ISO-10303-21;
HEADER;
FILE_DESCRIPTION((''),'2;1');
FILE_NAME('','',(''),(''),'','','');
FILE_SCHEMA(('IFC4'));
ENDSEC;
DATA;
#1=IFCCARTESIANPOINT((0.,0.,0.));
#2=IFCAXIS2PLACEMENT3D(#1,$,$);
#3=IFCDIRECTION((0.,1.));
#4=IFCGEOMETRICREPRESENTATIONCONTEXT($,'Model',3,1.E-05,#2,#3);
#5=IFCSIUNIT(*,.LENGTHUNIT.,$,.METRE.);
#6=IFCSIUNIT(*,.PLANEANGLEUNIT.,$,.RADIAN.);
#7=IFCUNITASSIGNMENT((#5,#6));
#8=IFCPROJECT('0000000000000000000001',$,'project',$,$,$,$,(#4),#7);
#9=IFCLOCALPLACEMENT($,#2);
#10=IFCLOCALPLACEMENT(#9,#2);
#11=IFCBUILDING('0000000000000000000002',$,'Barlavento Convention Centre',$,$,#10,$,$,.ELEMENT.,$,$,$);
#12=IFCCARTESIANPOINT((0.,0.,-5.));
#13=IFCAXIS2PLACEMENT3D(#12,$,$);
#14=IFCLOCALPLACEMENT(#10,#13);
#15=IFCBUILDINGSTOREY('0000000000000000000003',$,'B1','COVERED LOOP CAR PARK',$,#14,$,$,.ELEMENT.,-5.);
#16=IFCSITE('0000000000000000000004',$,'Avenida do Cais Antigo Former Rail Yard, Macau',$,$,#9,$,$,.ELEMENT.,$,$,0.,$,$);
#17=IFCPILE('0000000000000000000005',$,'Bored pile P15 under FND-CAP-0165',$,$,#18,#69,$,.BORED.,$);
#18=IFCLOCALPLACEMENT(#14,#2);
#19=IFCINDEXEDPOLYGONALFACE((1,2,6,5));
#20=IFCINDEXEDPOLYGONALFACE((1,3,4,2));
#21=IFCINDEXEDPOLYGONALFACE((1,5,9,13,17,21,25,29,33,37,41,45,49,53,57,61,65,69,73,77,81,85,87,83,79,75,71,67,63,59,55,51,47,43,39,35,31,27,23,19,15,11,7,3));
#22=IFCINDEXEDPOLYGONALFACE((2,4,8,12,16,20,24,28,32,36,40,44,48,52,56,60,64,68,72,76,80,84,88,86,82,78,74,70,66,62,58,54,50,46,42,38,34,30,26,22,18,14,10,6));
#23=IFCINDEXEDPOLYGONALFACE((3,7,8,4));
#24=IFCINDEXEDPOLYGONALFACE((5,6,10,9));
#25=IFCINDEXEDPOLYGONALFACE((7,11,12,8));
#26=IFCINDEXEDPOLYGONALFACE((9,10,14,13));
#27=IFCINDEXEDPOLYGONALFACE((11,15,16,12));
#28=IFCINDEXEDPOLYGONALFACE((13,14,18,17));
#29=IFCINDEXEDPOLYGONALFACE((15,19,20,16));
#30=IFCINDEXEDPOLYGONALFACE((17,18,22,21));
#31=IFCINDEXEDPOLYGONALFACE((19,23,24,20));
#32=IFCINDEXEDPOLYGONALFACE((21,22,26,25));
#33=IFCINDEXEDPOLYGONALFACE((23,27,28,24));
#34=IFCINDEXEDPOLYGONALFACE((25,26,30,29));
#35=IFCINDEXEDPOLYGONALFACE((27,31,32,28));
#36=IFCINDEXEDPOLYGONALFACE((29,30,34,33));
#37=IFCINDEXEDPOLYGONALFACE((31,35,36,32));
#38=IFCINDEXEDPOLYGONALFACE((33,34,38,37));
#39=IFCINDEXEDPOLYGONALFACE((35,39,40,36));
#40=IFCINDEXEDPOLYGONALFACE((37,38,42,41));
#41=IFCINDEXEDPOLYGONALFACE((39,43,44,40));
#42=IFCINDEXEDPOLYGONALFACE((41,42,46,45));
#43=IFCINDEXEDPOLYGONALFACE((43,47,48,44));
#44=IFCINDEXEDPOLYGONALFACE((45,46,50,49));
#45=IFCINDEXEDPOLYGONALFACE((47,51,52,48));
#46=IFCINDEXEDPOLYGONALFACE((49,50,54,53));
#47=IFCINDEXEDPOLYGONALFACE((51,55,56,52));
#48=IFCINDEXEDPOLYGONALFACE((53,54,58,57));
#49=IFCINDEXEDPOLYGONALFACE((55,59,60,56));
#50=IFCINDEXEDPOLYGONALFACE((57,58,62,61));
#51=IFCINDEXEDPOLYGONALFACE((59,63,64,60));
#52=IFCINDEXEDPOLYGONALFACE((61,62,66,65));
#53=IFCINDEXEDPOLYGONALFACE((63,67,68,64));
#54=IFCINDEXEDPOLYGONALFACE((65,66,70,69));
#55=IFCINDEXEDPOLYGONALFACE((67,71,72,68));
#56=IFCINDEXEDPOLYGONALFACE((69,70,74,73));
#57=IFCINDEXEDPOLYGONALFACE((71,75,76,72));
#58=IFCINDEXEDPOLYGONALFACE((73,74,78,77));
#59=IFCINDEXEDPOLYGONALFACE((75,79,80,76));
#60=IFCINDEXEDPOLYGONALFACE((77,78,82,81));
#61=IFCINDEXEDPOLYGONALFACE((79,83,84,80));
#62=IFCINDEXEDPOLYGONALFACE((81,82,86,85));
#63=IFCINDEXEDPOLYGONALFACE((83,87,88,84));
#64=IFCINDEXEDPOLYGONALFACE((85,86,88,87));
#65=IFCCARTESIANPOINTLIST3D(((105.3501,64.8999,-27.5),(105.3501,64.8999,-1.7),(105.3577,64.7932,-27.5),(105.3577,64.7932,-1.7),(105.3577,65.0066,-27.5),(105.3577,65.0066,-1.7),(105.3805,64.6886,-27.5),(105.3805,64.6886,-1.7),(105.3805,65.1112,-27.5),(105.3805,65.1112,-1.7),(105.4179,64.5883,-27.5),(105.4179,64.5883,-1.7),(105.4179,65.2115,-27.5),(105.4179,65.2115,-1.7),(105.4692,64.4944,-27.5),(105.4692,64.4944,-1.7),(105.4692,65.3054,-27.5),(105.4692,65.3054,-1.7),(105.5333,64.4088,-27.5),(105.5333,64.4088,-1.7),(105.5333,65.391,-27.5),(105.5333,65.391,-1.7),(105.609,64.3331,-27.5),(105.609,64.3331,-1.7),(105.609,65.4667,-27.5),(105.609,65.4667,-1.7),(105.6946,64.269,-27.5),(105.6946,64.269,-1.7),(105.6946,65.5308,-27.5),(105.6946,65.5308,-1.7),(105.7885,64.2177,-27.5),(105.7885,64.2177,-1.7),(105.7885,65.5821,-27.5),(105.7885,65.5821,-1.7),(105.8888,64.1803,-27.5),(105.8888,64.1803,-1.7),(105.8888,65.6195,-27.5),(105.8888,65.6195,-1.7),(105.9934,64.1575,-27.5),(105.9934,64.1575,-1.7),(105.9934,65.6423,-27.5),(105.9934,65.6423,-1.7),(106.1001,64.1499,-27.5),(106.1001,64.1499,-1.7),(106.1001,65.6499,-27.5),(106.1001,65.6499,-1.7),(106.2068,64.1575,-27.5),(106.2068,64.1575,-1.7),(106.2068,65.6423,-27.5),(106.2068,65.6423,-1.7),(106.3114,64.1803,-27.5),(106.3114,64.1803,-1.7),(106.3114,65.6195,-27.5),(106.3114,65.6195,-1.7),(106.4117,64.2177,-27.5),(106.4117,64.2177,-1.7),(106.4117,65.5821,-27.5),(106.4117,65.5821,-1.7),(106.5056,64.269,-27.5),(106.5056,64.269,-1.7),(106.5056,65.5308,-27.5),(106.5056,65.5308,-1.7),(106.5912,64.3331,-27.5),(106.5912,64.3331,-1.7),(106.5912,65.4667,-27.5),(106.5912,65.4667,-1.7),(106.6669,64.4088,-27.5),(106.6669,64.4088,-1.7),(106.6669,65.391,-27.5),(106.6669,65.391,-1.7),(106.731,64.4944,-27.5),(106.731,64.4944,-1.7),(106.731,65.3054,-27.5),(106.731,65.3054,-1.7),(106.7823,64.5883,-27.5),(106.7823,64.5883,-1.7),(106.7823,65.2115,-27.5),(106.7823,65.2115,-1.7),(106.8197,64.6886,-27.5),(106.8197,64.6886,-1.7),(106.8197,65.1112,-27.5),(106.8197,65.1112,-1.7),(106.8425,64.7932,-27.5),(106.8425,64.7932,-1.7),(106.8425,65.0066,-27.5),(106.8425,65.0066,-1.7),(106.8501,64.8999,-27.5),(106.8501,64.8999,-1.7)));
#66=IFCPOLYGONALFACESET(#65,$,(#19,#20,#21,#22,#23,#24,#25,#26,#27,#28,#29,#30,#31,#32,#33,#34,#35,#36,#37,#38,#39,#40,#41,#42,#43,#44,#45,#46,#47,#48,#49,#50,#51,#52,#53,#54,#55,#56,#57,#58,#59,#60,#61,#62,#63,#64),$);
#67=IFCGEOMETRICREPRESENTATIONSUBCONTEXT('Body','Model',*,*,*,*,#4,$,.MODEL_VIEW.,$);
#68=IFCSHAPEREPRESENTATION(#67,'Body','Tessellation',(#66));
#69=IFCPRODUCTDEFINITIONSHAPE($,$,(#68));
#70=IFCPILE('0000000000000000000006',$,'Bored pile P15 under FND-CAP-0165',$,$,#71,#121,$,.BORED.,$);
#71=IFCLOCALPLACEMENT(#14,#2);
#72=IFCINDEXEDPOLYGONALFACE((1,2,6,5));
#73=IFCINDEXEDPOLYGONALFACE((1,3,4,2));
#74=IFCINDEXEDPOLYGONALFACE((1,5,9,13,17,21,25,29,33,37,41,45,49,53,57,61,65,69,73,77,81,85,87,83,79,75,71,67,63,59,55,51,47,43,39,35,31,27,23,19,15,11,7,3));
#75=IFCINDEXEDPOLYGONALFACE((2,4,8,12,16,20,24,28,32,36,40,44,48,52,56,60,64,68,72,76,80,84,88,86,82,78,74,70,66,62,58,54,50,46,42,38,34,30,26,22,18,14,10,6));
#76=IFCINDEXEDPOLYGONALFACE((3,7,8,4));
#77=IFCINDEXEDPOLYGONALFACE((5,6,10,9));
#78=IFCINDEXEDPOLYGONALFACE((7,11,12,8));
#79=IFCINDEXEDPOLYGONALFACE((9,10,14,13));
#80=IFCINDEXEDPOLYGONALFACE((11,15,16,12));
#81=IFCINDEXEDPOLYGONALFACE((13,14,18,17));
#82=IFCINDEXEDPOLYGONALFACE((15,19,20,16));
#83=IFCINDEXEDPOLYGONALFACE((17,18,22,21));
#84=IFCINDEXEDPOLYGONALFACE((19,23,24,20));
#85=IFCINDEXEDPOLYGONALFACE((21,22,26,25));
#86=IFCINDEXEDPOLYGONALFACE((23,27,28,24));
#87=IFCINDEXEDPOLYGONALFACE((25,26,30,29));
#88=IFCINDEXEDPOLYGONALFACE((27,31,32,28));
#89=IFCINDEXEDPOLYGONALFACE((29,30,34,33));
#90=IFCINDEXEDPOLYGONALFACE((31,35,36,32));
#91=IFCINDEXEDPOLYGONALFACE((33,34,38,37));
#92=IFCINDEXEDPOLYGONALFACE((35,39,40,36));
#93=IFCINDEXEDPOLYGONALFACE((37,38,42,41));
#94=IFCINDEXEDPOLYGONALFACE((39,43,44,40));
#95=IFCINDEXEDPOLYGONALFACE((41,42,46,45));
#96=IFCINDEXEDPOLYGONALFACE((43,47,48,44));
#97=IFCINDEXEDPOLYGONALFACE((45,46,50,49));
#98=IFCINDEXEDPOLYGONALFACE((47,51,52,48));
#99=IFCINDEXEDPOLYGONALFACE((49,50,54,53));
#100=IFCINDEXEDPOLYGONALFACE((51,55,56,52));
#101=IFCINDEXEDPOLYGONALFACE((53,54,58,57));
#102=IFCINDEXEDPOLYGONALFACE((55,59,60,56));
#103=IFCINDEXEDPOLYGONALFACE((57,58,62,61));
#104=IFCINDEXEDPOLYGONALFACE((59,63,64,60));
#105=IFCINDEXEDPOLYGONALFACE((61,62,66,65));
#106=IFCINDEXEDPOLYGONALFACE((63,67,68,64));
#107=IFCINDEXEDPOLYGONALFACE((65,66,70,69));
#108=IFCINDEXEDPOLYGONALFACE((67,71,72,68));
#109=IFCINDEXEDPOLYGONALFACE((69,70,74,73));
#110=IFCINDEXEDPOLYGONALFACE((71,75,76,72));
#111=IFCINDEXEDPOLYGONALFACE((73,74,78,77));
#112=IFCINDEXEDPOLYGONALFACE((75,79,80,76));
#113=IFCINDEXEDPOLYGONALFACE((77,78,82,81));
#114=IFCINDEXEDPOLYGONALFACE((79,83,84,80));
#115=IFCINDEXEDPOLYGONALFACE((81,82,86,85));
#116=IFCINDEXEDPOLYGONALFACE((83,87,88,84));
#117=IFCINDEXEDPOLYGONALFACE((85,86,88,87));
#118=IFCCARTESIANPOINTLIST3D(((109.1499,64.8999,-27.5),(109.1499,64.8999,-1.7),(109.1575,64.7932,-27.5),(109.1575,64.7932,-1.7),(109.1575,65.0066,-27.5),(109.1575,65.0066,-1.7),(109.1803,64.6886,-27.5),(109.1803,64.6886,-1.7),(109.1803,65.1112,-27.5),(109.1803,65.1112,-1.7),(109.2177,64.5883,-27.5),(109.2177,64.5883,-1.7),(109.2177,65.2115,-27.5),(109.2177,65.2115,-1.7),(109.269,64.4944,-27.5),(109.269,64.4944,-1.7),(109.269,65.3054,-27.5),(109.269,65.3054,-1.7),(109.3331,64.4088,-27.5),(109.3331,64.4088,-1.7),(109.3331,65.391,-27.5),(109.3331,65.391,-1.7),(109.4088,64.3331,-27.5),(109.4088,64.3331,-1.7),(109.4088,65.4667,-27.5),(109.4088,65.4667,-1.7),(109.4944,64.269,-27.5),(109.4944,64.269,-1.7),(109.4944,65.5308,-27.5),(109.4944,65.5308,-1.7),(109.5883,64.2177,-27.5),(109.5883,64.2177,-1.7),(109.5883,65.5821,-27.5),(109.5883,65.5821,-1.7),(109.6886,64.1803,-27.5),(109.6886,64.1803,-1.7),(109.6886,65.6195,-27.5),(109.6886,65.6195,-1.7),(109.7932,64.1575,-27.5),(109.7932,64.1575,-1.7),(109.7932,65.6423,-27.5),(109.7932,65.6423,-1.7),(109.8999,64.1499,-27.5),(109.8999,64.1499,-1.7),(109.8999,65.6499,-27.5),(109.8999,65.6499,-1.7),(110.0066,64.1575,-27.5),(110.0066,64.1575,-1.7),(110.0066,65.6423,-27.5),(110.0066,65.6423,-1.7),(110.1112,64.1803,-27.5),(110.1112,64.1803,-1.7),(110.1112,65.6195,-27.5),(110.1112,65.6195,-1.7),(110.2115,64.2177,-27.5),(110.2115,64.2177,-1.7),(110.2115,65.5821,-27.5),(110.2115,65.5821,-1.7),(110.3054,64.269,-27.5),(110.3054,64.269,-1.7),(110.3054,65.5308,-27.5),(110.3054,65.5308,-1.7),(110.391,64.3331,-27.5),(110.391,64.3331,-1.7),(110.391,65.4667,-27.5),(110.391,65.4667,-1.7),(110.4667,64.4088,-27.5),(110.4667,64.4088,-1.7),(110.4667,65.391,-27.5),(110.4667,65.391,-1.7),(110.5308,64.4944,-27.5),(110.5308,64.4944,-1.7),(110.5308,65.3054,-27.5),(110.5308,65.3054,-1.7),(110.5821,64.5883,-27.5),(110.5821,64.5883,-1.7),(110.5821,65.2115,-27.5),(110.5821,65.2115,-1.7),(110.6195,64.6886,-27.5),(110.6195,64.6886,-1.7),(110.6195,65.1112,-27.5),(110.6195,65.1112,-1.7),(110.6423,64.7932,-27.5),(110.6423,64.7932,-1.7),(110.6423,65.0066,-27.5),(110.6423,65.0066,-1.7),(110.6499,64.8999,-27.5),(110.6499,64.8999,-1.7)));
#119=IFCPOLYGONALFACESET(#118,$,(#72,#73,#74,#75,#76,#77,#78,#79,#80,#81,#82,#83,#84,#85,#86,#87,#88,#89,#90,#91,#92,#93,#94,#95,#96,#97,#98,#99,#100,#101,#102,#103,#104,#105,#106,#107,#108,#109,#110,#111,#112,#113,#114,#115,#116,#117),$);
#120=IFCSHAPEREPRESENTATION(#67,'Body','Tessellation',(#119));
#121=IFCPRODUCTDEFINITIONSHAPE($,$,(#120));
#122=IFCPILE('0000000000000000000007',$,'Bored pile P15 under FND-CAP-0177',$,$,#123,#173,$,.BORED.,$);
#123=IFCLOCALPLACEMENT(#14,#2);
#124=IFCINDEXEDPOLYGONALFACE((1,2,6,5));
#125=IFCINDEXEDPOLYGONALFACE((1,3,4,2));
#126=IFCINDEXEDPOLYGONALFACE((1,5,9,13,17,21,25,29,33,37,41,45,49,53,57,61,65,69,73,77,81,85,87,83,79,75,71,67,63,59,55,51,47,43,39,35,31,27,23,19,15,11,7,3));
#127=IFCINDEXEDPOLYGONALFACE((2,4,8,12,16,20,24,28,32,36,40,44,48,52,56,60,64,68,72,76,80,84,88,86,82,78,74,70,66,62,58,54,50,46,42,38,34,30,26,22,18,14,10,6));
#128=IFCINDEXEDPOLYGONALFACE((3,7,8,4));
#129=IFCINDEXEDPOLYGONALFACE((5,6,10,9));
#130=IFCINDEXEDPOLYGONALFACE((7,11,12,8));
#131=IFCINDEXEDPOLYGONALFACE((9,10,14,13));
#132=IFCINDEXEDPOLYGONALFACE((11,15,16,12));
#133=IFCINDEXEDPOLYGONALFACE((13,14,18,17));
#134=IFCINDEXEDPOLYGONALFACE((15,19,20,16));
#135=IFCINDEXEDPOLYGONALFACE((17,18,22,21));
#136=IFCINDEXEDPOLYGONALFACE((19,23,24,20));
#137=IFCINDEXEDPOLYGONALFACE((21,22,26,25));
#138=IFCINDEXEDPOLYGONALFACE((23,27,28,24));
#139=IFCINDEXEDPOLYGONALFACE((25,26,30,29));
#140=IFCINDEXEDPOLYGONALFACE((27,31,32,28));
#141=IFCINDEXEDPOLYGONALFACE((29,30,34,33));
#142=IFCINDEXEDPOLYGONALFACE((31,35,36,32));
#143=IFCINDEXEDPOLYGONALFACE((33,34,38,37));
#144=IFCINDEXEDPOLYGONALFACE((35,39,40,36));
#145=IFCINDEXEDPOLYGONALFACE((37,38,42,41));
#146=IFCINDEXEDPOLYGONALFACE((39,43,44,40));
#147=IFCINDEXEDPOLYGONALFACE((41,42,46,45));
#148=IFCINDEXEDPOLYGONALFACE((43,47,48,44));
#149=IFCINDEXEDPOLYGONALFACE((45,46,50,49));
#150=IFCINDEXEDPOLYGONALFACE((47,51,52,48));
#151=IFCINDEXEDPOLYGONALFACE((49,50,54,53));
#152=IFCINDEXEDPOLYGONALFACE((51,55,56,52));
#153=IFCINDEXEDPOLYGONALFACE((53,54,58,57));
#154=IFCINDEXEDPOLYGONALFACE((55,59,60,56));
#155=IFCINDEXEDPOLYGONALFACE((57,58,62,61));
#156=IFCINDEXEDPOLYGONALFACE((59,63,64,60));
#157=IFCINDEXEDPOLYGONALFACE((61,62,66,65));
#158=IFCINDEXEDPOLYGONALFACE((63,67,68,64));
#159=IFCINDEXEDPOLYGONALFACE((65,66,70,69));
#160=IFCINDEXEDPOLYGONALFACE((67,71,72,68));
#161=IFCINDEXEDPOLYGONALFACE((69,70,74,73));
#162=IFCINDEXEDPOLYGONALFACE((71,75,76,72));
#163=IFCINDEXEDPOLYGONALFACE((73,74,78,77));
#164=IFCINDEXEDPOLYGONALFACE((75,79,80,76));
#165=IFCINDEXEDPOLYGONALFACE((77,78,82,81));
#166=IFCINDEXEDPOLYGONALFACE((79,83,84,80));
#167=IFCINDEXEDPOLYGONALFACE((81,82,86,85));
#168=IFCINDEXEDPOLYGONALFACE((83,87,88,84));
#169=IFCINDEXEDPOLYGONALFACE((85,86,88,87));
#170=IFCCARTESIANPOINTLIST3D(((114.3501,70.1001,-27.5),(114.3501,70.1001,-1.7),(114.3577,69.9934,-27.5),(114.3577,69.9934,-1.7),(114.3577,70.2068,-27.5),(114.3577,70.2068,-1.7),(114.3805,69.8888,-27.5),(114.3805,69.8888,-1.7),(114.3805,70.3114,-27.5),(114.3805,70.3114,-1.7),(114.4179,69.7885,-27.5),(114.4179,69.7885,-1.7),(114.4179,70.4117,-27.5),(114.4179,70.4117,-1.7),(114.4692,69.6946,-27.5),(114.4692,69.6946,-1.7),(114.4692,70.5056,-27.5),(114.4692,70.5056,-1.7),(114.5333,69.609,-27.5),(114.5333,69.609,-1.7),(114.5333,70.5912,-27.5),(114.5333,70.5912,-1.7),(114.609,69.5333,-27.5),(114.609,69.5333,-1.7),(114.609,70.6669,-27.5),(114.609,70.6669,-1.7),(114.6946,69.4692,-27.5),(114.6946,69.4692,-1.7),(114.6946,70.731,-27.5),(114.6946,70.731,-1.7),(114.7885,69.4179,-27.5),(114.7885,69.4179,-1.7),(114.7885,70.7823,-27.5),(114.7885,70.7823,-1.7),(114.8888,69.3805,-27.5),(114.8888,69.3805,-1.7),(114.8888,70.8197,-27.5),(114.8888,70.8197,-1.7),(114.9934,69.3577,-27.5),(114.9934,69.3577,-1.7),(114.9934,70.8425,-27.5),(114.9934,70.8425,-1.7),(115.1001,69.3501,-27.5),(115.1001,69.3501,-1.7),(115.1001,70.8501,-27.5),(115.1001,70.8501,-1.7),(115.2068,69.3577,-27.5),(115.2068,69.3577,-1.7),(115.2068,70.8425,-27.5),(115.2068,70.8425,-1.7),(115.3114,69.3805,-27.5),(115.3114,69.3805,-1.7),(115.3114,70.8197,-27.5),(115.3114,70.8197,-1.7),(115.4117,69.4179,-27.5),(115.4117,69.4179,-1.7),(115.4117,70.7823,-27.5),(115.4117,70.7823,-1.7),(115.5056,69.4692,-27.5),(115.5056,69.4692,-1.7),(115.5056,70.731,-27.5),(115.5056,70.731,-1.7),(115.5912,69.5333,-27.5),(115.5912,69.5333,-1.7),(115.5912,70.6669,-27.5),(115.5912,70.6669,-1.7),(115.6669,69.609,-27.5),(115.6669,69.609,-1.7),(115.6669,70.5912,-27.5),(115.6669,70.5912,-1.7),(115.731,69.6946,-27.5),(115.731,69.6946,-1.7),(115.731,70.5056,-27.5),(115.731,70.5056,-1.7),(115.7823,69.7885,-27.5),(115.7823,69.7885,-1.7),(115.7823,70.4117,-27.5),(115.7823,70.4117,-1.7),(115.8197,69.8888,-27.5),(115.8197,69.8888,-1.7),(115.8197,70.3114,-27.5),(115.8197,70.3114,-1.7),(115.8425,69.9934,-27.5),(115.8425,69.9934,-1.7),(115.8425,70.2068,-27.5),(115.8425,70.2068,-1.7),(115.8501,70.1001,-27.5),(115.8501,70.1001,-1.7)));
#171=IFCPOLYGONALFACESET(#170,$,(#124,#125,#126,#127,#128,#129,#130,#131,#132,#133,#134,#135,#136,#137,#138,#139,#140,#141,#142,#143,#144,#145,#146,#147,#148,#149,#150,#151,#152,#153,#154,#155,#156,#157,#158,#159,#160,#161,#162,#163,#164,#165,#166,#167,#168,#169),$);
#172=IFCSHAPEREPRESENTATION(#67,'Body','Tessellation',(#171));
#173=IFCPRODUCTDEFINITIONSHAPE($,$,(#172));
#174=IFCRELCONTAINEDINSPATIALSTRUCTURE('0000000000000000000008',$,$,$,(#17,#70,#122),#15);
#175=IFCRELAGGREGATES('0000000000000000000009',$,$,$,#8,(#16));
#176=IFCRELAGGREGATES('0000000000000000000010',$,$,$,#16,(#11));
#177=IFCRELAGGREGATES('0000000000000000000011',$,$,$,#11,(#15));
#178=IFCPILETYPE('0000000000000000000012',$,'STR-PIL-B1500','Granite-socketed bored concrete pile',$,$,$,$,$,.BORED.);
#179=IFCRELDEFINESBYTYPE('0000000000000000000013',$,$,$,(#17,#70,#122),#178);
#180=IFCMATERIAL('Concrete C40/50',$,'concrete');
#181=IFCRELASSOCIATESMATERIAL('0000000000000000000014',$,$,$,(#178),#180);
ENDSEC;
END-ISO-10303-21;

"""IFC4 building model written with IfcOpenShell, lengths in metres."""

from ifc_helpers import new_model, si_unit, direction, frame, origin, origin_2d, place, context, subcontext, project, spatial, circle, extrude, material, material_profile, profile_set, type_object, element, save


model = new_model("IFC4")

# Units and contexts
model_context = context("Model", 3, precision=1e-05, world=origin(), true_north=direction((0.0, 1.0)))
body_context = subcontext(model_context, "Body", "Model", "MODEL_VIEW")
ifc_project = project(units=[si_unit("LENGTHUNIT", "METRE"), si_unit("PLANEANGLEUNIT", "RADIAN")], contexts=[model_context])

# Site, building, storey
site_placement = place(None, origin())
site = spatial("IfcSite", under=ifc_project, at=site_placement, Name="Avenida do Cais Antigo Former Rail Yard, Macau", CompositionType="ELEMENT", RefElevation=0.0)
building_placement = place(site_placement, origin())
building = spatial("IfcBuilding", under=site, at=building_placement, Name="Barlavento Convention Centre", CompositionType="ELEMENT")
storey_placement = place(building_placement, frame((0.0, 0.0, -5.0)))
storey = spatial("IfcBuildingStorey", under=building, at=storey_placement, Name="B1", Description="COVERED LOOP CAR PARK", CompositionType="ELEMENT", Elevation=-5.0)

# Shared definitions
ifc_material_1 = material(Name="Concrete C40/50", Category="concrete")

# Piles
ifc_material_profile_1 = material_profile(ifc_material_1, circle(Radius=0.75, at=origin_2d()), Name="BORED PILE 1500")
ifc_profile_set_1 = profile_set([ifc_material_profile_1], Name="Concrete C40/50")
pile_type_1 = type_object("IfcPileType", Name="STR-PIL-B1500", Description="Granite-socketed bored concrete pile", PredefinedType="BORED", material=ifc_profile_set_1)
for number, where, z_axis, x_axis, name in (
    (1, (106.1001, 64.8999, -1.7), (0.0, 0.0, -1.0), (1.0, 0.0, 0.0), "Bored pile P15 under FND-CAP-0165"),
    (2, (109.8999, 64.8999, -1.7), (0.0, 0.0, -1.0), (1.0, 0.0, 0.0), "Bored pile P15 under FND-CAP-0165"),
    (3, (115.1001, 70.1001, -1.7), (0.0, 0.0, -1.0), (1.0, 0.0, 0.0), "Bored pile P15 under FND-CAP-0177"),
):
    element("IfcPile", number, at=place(storey_placement, frame(where, z_axis=z_axis, x_axis=x_axis)), inside=storey, type_object=pile_type_1, Name=name, PredefinedType="BORED", context=body_context, shape_type="SweptSolid", body=[
        extrude(circle(Radius=0.75, at=origin_2d()), origin(), (0.0, 0.0, 1.0), 25.8),
    ])

save(model, "model.ifc")
